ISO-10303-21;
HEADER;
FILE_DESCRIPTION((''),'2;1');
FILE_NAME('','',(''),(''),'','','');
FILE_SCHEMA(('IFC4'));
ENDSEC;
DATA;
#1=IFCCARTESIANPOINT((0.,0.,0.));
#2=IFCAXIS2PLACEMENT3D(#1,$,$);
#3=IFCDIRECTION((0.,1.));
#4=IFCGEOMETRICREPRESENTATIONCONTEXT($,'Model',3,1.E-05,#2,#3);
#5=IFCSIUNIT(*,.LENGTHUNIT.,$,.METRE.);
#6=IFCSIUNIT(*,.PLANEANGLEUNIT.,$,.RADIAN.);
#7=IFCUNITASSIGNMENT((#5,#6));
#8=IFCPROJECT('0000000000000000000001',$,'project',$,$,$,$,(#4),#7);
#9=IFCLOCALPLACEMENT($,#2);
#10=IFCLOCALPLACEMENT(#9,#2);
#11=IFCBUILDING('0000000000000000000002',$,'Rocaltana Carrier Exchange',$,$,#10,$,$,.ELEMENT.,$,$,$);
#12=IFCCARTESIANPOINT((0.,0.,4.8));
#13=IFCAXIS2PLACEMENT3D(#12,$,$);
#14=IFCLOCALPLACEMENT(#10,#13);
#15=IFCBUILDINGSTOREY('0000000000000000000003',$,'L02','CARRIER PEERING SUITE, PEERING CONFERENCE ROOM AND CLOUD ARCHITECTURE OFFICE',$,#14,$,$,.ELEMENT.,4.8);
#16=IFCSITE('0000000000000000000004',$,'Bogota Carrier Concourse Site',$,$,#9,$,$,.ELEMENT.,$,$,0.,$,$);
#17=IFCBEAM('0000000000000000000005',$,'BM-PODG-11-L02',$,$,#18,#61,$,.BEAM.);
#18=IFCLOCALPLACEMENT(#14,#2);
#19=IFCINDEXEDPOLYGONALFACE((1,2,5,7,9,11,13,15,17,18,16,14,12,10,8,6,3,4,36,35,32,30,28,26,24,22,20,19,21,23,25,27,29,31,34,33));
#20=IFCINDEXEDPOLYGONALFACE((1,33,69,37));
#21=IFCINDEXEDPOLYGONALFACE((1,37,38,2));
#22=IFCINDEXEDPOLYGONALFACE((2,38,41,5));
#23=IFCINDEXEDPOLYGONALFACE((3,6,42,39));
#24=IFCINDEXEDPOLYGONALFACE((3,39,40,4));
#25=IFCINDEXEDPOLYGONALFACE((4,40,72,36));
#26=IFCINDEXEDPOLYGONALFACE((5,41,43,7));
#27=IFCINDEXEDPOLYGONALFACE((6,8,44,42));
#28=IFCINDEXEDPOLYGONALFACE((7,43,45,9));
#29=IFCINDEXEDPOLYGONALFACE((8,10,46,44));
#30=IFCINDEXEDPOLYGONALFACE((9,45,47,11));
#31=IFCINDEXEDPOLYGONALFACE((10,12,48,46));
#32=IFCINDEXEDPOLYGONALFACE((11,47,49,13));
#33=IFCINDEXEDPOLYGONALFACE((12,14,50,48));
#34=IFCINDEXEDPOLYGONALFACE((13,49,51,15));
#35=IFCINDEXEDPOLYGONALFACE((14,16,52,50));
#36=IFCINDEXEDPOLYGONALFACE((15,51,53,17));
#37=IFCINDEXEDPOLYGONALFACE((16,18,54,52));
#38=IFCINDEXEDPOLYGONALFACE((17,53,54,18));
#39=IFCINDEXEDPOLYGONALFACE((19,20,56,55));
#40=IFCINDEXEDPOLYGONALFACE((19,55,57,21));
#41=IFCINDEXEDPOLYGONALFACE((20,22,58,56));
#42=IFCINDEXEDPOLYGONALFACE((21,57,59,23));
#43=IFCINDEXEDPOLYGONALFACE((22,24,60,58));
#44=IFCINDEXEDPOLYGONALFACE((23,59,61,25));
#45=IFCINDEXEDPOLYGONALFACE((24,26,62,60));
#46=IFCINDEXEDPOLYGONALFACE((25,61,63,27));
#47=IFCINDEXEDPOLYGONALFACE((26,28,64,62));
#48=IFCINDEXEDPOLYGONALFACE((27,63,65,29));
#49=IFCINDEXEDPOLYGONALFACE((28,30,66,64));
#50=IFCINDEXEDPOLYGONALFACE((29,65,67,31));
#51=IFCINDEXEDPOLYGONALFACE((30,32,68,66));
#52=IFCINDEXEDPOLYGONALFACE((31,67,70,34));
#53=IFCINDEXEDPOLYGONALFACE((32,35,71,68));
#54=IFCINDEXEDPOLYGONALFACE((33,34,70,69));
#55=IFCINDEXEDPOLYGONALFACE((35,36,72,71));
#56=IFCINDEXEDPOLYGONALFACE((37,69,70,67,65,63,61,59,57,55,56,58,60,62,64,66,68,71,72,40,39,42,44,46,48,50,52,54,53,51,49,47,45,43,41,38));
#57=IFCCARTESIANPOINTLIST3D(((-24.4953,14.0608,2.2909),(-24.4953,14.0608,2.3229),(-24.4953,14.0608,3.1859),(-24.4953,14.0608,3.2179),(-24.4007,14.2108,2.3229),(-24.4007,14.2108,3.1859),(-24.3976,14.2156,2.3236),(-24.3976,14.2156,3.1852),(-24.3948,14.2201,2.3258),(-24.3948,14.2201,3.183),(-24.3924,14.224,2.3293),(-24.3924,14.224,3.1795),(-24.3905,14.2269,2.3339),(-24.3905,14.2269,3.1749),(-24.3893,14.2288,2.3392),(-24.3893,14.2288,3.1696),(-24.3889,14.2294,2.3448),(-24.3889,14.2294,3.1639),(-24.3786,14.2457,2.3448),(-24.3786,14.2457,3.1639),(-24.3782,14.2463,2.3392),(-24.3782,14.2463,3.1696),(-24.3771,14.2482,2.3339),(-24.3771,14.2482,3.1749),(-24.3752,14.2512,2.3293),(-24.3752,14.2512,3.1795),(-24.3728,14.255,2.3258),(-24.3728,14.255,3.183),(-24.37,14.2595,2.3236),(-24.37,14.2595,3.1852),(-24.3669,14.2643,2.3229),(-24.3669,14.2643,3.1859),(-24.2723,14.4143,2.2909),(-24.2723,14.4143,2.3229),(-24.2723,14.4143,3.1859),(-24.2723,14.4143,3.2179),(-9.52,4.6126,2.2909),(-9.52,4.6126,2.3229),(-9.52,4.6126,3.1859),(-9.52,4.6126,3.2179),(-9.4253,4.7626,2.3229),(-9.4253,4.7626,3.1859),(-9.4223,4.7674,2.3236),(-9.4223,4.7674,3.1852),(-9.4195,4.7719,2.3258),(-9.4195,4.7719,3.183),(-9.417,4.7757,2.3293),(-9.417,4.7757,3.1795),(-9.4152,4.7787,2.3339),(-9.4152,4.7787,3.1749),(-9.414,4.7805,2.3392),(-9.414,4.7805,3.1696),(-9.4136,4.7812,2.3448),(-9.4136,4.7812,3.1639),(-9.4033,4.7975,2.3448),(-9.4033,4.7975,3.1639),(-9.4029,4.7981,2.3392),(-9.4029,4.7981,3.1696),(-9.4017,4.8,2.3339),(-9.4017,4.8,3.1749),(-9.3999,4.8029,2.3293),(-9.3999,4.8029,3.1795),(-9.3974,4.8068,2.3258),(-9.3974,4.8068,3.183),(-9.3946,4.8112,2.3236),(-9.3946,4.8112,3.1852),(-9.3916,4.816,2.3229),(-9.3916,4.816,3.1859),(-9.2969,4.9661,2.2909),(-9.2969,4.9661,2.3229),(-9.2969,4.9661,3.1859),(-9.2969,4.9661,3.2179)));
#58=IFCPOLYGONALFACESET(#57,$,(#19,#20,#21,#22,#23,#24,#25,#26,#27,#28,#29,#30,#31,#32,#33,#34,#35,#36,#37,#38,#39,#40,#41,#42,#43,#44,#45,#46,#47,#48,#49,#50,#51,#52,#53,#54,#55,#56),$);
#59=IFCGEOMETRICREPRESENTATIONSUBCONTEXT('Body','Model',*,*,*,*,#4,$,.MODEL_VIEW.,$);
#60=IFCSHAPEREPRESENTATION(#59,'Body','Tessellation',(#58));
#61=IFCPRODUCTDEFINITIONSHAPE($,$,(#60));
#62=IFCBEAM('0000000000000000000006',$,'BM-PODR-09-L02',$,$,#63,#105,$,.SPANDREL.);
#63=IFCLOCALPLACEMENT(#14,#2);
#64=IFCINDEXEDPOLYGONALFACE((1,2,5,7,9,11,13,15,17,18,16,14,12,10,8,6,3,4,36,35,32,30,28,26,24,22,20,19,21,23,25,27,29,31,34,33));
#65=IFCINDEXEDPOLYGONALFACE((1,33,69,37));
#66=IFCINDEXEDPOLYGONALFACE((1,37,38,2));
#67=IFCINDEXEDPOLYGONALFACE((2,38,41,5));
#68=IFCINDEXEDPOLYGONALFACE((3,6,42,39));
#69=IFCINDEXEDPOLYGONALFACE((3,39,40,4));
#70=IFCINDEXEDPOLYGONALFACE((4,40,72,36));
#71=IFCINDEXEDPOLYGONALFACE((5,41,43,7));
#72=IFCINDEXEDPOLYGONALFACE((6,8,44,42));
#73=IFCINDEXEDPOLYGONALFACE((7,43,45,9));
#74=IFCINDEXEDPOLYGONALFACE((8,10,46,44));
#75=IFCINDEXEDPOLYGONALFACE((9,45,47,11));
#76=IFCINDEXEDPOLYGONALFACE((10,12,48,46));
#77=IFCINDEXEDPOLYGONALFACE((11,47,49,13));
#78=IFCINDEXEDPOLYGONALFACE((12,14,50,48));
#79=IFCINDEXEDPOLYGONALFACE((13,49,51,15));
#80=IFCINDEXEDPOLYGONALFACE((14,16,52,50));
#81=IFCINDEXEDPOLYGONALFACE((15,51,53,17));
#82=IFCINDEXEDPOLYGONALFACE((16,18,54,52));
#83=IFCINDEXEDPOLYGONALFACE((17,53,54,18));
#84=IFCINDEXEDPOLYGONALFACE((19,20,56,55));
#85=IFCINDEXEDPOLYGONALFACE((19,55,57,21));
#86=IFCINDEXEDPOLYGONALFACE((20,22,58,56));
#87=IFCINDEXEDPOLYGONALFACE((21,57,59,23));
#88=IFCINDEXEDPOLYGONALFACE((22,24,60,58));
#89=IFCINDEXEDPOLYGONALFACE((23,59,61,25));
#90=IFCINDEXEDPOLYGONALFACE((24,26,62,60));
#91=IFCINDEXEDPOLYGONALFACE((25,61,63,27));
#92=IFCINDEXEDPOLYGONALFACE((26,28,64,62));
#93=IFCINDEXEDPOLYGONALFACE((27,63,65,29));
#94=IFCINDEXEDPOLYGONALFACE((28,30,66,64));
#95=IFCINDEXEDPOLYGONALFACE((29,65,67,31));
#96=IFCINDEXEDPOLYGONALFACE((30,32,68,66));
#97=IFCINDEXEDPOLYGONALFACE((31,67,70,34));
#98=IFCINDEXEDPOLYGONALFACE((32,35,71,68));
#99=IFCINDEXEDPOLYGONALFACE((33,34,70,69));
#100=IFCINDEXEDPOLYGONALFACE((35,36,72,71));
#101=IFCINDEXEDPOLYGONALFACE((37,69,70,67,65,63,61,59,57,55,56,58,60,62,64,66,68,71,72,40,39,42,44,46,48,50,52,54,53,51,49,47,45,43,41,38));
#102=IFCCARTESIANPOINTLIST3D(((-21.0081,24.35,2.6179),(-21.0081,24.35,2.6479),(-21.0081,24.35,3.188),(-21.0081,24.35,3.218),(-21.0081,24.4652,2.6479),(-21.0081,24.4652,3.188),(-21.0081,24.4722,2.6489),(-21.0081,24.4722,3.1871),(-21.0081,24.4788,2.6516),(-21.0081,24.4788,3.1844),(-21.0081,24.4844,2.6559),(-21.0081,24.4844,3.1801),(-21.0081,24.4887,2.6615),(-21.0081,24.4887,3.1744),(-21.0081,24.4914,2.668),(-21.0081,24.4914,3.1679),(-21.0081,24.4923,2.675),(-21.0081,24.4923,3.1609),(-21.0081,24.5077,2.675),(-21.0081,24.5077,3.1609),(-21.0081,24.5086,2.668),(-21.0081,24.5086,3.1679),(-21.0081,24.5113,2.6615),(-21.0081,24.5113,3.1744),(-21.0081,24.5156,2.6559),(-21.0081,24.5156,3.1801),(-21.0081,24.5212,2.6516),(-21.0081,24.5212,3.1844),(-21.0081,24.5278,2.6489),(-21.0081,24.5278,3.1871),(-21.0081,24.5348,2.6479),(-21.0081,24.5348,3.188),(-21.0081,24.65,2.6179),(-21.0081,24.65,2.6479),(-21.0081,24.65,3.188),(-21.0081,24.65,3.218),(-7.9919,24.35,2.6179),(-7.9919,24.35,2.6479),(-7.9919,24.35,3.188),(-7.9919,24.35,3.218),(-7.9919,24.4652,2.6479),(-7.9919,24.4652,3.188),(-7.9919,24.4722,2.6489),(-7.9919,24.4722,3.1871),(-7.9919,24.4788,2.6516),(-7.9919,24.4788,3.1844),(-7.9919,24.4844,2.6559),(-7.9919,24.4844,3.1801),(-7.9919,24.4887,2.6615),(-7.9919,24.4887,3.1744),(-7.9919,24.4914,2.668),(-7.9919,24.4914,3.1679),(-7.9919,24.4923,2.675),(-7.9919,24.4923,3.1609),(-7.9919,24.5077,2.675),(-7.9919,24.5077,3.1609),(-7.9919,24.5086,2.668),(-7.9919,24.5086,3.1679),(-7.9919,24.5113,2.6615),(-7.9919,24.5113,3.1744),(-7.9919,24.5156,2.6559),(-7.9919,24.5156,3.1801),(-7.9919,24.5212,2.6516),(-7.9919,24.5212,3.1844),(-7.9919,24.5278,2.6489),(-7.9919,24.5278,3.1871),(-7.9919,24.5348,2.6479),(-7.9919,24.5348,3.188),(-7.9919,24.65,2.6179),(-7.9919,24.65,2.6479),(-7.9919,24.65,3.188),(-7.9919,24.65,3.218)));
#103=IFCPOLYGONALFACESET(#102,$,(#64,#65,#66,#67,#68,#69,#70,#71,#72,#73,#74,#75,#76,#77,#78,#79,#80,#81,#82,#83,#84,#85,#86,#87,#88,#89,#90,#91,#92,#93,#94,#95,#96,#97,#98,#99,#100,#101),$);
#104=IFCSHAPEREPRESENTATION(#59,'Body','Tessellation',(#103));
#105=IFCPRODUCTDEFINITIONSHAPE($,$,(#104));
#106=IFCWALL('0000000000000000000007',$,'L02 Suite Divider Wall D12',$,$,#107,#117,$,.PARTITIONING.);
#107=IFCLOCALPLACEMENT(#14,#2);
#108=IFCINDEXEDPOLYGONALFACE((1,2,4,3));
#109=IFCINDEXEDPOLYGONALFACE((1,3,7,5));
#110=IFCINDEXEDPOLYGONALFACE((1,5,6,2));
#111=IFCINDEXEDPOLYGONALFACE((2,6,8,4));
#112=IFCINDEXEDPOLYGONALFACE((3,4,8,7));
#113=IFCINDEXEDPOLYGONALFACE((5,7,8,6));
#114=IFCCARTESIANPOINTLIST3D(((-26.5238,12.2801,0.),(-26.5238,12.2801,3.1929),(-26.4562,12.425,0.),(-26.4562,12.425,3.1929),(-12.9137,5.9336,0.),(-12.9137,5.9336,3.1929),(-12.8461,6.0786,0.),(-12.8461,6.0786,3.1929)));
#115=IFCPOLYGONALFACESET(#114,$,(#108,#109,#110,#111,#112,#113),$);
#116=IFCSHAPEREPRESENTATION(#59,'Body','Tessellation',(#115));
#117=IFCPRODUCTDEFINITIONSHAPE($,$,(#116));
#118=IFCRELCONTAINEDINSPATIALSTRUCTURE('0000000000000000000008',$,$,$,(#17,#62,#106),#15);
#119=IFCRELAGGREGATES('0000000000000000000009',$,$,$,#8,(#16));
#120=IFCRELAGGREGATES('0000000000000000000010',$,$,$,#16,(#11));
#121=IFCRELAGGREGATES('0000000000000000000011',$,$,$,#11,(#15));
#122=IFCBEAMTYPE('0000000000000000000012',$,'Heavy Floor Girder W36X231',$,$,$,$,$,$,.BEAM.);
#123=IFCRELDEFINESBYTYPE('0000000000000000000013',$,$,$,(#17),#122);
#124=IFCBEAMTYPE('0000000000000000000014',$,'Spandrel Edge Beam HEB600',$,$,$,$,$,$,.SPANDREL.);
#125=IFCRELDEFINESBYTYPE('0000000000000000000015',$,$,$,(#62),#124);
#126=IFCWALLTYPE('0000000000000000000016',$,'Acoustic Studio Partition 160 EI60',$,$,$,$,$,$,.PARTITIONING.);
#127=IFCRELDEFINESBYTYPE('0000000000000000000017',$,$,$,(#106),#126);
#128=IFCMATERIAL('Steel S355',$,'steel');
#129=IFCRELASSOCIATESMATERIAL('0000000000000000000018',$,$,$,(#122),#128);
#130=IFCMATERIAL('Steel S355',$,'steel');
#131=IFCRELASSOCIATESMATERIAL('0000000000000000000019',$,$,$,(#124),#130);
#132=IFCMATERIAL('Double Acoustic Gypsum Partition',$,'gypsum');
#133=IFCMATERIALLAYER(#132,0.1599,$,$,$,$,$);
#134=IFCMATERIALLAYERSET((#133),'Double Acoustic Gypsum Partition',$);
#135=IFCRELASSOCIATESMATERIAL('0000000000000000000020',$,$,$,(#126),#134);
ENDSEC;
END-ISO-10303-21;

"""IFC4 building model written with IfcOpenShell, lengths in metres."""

from ifc_helpers import new_model, si_unit, direction, frame, frame_2d, origin, origin_2d, place, context, subcontext, project, spatial, rectangle, i_section, extrude, material, layer, layer_set, material_profile, profile_set, type_object, element, save


model = new_model("IFC4")

# Units and contexts
model_context = context("Model", 3, precision=1e-05, world=origin(), true_north=direction((0.0, 1.0)))
body_context = subcontext(model_context, "Body", "Model", "MODEL_VIEW")
ifc_project = project(units=[si_unit("LENGTHUNIT", "METRE"), si_unit("PLANEANGLEUNIT", "RADIAN")], contexts=[model_context])

# Site, building, storey
site_placement = place(None, origin())
site = spatial("IfcSite", under=ifc_project, at=site_placement, Name="Bogota Carrier Concourse Site", CompositionType="ELEMENT", RefElevation=0.0)
building_placement = place(site_placement, origin())
building = spatial("IfcBuilding", under=site, at=building_placement, Name="Rocaltana Carrier Exchange", CompositionType="ELEMENT")
storey_placement = place(building_placement, frame((0.0, 0.0, 4.8)))
storey = spatial("IfcBuildingStorey", under=building, at=storey_placement, Name="L02", Description="CARRIER PEERING SUITE, PEERING CONFERENCE ROOM AND CLOUD ARCHITECTURE OFFICE", CompositionType="ELEMENT", Elevation=4.8)

# Beams
ifc_material_1 = material(Name="Steel S355", Category="steel")
ifc_material_profile_1 = material_profile(ifc_material_1, i_section(OverallWidth=0.418, OverallDepth=0.927, WebThickness=0.0193, FlangeThickness=0.032, FilletRadius=0.022, at=origin_2d()), Name="W36X231")
ifc_profile_set_1 = profile_set([ifc_material_profile_1], Name="Steel S355")
beam_type_1 = type_object("IfcBeamType", Name="Heavy Floor Girder W36X231", PredefinedType="BEAM", material=ifc_profile_set_1)
beam_1_placement = place(storey_placement, frame((-9.4084, 4.7893, 2.7544), z_axis=(-0.84574, 0.533595, 0.0), x_axis=(-0.533595, -0.84574, 0.0)))
element("IfcBeam", 1, at=beam_1_placement, inside=storey, type_object=beam_type_1, Name="BM-PODG-11-L02", PredefinedType="BEAM", context=body_context, shape_type="SweptSolid", body=[
    extrude(i_section(OverallWidth=0.418, OverallDepth=0.927, WebThickness=0.0193, FlangeThickness=0.032, FilletRadius=0.022, at=origin_2d()), origin(), (0.0, 0.0, 1.0), 17.7068),
])
ifc_material_2 = material(Name="Steel S355", Category="steel")
ifc_material_profile_2 = material_profile(ifc_material_2, i_section(OverallWidth=0.3, OverallDepth=0.6001, WebThickness=0.0154, FlangeThickness=0.03, FilletRadius=0.0271, at=origin_2d()), Name="HEB600")
ifc_profile_set_2 = profile_set([ifc_material_profile_2], Name="Steel S355")
beam_type_2 = type_object("IfcBeamType", Name="Spandrel Edge Beam HEB600", PredefinedType="SPANDREL", material=ifc_profile_set_2)
beam_2_placement = place(storey_placement, frame((-7.9919, 24.5, 2.918), z_axis=(-1.0, 0.0, 0.0), x_axis=(0.0, -1.0, 0.0)))
element("IfcBeam", 2, at=beam_2_placement, inside=storey, type_object=beam_type_2, Name="BM-PODR-09-L02", PredefinedType="SPANDREL", context=body_context, shape_type="SweptSolid", body=[
    extrude(i_section(OverallWidth=0.3, OverallDepth=0.6001, WebThickness=0.0154, FlangeThickness=0.03, FilletRadius=0.0271, at=origin_2d()), origin(), (0.0, 0.0, 1.0), 13.0161),
])

# Wall
ifc_material_3 = material(Name="Double Acoustic Gypsum Partition", Category="gypsum")
ifc_layer_1 = layer(ifc_material_3, 0.1599)
ifc_layer_set_1 = layer_set([ifc_layer_1], Name="Double Acoustic Gypsum Partition")
wall_type_1 = type_object("IfcWallType", Name="Acoustic Studio Partition 160 EI60", PredefinedType="PARTITIONING", material=ifc_layer_set_1)
wall_1_placement = place(storey_placement, frame((-12.8799, 6.0061, 0.0), z_axis=(0.0, 0.0, 1.0), x_axis=(-0.906309, 0.422615, 0.0)))
element("IfcWall", 3, at=wall_1_placement, inside=storey, type_object=wall_type_1, Name="L02 Suite Divider Wall D12", PredefinedType="PARTITIONING", context=body_context, shape_type="SweptSolid", body=[
    extrude(rectangle(XDim=15.0171, YDim=0.1599, at=frame_2d((7.5085, 0.0))), origin(), (0.0, 0.0, 1.0), 3.1929),
])

save(model, "model.ifc")
